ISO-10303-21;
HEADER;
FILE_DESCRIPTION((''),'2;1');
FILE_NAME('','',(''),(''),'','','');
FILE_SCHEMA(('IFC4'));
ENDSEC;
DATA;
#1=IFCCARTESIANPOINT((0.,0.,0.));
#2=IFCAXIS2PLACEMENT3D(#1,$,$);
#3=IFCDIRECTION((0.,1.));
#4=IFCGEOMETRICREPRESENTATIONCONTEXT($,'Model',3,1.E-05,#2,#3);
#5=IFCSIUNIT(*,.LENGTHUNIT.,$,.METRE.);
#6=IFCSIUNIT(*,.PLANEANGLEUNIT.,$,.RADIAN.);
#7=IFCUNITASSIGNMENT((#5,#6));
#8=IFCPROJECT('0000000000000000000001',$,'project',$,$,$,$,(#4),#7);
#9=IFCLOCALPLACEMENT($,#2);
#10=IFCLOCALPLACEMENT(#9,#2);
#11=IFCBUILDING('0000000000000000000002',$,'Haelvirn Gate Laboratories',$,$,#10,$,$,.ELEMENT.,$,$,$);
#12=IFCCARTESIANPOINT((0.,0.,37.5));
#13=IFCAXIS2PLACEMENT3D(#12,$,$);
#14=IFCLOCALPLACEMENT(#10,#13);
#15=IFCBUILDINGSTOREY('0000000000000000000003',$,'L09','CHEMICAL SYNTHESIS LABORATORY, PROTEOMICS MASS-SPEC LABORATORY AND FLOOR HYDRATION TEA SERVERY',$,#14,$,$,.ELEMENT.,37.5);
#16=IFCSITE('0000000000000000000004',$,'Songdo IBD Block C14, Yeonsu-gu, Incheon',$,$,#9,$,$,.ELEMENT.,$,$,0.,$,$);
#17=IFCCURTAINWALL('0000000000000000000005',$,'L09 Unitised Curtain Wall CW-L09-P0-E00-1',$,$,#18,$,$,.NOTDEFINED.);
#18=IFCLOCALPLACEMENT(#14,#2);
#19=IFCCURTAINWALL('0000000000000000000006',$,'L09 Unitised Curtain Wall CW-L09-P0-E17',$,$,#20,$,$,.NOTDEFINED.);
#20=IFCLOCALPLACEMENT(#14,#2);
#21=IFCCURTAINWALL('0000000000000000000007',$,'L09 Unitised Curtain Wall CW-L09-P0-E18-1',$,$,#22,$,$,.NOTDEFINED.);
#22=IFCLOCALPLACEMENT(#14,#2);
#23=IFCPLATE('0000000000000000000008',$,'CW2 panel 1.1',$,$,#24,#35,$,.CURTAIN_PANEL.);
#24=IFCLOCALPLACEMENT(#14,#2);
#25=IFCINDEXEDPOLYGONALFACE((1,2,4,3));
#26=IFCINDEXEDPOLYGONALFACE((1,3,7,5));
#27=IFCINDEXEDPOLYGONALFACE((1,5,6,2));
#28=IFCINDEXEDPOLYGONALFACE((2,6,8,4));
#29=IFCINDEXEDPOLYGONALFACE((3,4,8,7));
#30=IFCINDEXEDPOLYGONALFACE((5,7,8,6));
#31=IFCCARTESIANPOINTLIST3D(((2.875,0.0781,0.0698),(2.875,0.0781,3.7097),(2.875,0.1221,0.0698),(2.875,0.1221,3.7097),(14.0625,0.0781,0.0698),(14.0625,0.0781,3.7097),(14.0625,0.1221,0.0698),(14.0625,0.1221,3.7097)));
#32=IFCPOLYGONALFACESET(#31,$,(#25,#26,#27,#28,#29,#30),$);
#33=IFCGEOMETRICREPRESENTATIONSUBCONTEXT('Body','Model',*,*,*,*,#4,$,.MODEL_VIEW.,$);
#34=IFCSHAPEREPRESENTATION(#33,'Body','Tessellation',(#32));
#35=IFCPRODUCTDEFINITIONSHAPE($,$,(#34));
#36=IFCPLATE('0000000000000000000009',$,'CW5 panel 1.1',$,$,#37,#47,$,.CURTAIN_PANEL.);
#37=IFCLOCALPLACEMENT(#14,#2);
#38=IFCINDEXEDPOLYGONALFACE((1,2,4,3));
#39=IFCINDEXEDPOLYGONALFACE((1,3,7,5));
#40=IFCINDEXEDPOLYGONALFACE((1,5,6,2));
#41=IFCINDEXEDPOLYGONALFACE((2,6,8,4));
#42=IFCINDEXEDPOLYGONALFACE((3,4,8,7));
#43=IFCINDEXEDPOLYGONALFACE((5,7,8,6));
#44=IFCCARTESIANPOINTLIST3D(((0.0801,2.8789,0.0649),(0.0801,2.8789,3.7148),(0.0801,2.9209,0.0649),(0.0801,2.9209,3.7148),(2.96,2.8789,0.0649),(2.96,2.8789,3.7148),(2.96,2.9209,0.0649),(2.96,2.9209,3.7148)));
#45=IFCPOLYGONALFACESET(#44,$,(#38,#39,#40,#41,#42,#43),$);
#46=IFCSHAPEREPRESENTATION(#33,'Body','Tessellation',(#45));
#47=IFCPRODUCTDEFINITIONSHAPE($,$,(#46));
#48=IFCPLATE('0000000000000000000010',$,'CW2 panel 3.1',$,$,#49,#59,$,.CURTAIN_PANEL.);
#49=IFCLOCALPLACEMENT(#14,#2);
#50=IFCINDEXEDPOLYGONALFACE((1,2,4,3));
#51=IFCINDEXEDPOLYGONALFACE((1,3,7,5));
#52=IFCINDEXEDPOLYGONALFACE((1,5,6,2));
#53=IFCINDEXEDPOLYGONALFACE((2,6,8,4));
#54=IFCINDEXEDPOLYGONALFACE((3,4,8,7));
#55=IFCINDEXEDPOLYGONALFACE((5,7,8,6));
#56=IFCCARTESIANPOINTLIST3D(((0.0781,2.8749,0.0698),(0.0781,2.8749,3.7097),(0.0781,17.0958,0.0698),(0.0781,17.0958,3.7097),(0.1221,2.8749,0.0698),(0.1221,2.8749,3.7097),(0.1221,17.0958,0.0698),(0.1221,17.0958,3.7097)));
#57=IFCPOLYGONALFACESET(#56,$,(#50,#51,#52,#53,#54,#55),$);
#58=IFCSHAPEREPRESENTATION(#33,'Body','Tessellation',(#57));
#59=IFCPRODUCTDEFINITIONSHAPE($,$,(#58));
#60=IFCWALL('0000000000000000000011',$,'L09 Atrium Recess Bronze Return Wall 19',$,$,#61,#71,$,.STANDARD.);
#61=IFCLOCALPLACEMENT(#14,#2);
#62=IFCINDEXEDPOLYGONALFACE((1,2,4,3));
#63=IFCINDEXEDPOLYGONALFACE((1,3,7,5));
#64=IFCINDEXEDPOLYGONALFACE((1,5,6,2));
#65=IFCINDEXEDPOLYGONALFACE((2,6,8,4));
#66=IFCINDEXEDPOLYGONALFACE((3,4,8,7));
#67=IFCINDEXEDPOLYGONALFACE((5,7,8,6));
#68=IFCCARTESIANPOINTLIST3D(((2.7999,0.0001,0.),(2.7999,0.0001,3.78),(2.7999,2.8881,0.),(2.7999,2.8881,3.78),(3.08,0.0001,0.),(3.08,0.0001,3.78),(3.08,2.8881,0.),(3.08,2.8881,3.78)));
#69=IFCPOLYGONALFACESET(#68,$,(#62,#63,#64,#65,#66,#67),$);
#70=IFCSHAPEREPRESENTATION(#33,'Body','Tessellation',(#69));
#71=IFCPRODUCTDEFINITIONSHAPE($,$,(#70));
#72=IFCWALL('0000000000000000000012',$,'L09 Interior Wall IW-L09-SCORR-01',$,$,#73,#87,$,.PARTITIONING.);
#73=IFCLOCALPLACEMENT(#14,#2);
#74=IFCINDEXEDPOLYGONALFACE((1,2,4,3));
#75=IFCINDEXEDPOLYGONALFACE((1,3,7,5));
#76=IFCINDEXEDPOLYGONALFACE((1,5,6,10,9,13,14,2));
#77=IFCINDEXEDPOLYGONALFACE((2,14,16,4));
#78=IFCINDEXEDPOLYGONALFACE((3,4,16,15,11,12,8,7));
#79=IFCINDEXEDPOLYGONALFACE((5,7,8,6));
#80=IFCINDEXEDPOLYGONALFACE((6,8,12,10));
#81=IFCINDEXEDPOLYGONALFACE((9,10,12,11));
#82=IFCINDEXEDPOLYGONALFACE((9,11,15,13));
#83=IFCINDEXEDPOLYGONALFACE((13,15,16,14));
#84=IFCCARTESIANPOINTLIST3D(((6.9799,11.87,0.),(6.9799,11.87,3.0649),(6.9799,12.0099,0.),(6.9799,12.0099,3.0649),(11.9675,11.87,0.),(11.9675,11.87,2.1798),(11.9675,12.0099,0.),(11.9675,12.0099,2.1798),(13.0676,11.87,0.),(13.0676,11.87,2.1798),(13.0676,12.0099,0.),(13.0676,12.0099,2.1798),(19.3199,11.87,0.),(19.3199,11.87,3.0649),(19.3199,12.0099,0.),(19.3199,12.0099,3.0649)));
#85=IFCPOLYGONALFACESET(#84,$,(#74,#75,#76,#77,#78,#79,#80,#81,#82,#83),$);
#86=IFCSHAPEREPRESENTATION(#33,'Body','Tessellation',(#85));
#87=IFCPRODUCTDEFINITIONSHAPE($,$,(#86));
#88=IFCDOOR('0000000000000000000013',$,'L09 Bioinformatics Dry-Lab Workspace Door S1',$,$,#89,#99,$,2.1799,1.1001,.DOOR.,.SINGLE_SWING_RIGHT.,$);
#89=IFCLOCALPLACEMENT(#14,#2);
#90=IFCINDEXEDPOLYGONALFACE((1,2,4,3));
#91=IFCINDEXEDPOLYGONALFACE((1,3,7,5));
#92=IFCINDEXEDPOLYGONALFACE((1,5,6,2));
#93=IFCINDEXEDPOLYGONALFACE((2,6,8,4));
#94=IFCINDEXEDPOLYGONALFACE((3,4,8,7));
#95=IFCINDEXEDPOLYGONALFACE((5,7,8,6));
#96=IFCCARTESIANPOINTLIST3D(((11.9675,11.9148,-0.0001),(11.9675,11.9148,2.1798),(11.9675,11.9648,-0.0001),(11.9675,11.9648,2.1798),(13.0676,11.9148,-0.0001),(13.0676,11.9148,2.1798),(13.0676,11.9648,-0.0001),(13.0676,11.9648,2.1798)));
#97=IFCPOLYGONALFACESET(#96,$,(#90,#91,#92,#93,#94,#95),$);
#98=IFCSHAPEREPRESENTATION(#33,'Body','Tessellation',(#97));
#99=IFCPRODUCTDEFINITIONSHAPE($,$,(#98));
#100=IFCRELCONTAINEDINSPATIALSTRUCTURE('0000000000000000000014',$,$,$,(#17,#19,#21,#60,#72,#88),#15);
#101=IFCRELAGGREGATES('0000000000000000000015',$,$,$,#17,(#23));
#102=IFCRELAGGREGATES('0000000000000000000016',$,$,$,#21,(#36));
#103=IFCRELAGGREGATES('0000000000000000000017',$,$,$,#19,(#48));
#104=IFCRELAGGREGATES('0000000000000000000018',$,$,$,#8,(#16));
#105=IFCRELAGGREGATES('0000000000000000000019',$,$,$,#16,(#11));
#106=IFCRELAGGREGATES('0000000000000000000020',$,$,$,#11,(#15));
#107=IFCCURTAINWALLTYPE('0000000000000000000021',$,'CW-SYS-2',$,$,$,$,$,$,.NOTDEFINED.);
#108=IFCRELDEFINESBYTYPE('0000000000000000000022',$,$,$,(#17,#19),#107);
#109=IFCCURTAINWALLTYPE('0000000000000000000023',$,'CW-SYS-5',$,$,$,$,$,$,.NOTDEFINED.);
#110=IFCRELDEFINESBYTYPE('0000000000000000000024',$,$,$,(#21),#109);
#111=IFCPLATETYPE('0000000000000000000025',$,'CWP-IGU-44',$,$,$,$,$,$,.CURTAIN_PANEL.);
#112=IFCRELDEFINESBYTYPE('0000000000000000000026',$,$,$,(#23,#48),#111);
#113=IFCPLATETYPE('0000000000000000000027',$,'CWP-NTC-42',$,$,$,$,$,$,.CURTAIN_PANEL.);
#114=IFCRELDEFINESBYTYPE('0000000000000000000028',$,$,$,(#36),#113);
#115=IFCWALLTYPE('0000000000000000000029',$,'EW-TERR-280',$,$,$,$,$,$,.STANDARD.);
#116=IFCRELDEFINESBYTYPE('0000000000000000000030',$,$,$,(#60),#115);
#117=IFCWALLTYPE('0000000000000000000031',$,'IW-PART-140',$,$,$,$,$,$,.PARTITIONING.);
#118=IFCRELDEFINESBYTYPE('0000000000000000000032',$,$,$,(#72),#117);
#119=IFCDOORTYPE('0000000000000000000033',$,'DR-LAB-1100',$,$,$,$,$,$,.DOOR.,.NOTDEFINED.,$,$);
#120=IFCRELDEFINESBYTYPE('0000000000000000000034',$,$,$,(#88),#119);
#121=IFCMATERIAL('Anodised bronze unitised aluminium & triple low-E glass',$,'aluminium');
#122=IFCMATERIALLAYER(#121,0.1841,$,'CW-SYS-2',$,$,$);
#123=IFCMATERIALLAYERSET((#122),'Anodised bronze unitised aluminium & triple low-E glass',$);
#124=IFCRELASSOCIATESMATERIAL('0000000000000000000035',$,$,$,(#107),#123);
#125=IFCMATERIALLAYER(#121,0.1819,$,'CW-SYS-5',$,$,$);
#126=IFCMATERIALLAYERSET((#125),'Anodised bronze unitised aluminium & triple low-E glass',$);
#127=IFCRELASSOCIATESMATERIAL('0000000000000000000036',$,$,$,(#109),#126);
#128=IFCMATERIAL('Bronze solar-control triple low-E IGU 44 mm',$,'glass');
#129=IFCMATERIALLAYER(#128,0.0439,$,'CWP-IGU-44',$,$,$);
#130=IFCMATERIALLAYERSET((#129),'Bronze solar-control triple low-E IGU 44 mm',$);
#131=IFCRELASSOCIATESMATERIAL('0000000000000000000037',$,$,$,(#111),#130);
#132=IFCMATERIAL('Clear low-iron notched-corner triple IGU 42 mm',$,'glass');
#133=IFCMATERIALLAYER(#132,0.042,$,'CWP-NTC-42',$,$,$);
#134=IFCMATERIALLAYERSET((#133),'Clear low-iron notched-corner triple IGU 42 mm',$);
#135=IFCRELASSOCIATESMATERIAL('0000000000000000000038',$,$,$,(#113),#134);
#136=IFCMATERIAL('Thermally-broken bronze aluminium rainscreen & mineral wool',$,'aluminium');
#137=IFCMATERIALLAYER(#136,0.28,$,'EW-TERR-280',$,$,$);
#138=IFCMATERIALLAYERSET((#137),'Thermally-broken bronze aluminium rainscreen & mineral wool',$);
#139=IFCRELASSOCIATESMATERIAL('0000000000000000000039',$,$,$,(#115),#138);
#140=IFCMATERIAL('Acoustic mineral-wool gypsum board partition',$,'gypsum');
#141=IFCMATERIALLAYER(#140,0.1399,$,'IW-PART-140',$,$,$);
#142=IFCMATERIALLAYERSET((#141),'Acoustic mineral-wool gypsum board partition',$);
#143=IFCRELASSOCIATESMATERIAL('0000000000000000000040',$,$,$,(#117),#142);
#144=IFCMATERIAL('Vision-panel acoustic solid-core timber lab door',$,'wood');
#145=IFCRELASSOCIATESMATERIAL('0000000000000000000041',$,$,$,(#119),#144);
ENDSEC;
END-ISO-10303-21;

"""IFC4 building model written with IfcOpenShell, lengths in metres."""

from ifc_helpers import new_model, si_unit, direction, frame, frame_2d, origin, origin_2d, place, context, subcontext, project, spatial, rectangle, extrude, source, transform, mapped, material, layer, layer_set, type_object, type_shapes, element, fill, aggregate, save


model = new_model("IFC4")

# Units and contexts
model_context = context("Model", 3, precision=1e-05, world=origin(), true_north=direction((0.0, 1.0)))
body_context = subcontext(model_context, "Body", "Model", "MODEL_VIEW")
ifc_project = project(units=[si_unit("LENGTHUNIT", "METRE"), si_unit("PLANEANGLEUNIT", "RADIAN")], contexts=[model_context])

# Site, building, storey
site_placement = place(None, origin())
site = spatial("IfcSite", under=ifc_project, at=site_placement, Name="Songdo IBD Block C14, Yeonsu-gu, Incheon", CompositionType="ELEMENT", RefElevation=0.0)
building_placement = place(site_placement, origin())
building = spatial("IfcBuilding", under=site, at=building_placement, Name="Haelvirn Gate Laboratories", CompositionType="ELEMENT")
storey_placement = place(building_placement, frame((0.0, 0.0, 37.5)))
storey = spatial("IfcBuildingStorey", under=building, at=storey_placement, Name="L09", Description="CHEMICAL SYNTHESIS LABORATORY, PROTEOMICS MASS-SPEC LABORATORY AND FLOOR HYDRATION TEA SERVERY", CompositionType="ELEMENT", Elevation=37.5)

# Curtain walls
ifc_material_1 = material(Name="Anodised bronze unitised aluminium & triple low-E glass", Category="aluminium")
ifc_layer_1 = layer(ifc_material_1, 0.1841, Name="CW-SYS-2")
ifc_layer_set_1 = layer_set([ifc_layer_1], Name="Anodised bronze unitised aluminium & triple low-E glass")
curtain_wall_type_1 = type_object("IfcCurtainWallType", Name="CW-SYS-2", PredefinedType="NOTDEFINED", material=ifc_layer_set_1)
curtain_wall_1_placement = place(storey_placement, origin())
curtain_wall_1 = element("IfcCurtainWall", 1, at=curtain_wall_1_placement, inside=storey, type_object=curtain_wall_type_1, Name="L09 Unitised Curtain Wall CW-L09-P0-E00-1", PredefinedType="NOTDEFINED")
curtain_wall_2_placement = place(storey_placement, origin())
curtain_wall_2 = element("IfcCurtainWall", 2, at=curtain_wall_2_placement, inside=storey, type_object=curtain_wall_type_1, Name="L09 Unitised Curtain Wall CW-L09-P0-E17", PredefinedType="NOTDEFINED")

# Curtain wall
ifc_layer_2 = layer(ifc_material_1, 0.1819, Name="CW-SYS-5")
ifc_layer_set_2 = layer_set([ifc_layer_2], Name="Anodised bronze unitised aluminium & triple low-E glass")
curtain_wall_type_2 = type_object("IfcCurtainWallType", Name="CW-SYS-5", PredefinedType="NOTDEFINED", material=ifc_layer_set_2)
curtain_wall_3_placement = place(storey_placement, origin())
curtain_wall_3 = element("IfcCurtainWall", 3, at=curtain_wall_3_placement, inside=storey, type_object=curtain_wall_type_2, Name="L09 Unitised Curtain Wall CW-L09-P0-E18-1", PredefinedType="NOTDEFINED")

# Plates
ifc_material_2 = material(Name="Bronze solar-control triple low-E IGU 44 mm", Category="glass")
ifc_layer_3 = layer(ifc_material_2, 0.0439, Name="CWP-IGU-44")
ifc_layer_set_3 = layer_set([ifc_layer_3], Name="Bronze solar-control triple low-E IGU 44 mm")
plate_type_1 = type_object("IfcPlateType", Name="CWP-IGU-44", PredefinedType="CURTAIN_PANEL", material=ifc_layer_set_3)
shared_shape_1 = source(origin(), body_context, "Body", "SweptSolid", [
    extrude(rectangle(XDim=11.1875, YDim=0.0439, at=origin_2d()), origin(), (0.0, 0.0, 1.0), 3.6399),
])
plate_1_placement = place(storey_placement, frame((8.4688, 0.1001, 0.0698), z_axis=(0.0, 0.0, 1.0), x_axis=(1.0, 0.0, 0.0)))
plate_1 = element("IfcPlate", 4, at=plate_1_placement, type_object=plate_type_1, Name="CW2 panel 1.1", PredefinedType="CURTAIN_PANEL", context=body_context, shape_type="MappedRepresentation", body=[
    mapped(shared_shape_1, transform((0.0, 0.0, 0.0), scale=1.0)),
])
aggregate(curtain_wall_1, [plate_1])
ifc_material_3 = material(Name="Clear low-iron notched-corner triple IGU 42 mm", Category="glass")
ifc_layer_4 = layer(ifc_material_3, 0.042, Name="CWP-NTC-42")
ifc_layer_set_4 = layer_set([ifc_layer_4], Name="Clear low-iron notched-corner triple IGU 42 mm")
plate_type_2 = type_object("IfcPlateType", Name="CWP-NTC-42", PredefinedType="CURTAIN_PANEL", material=ifc_layer_set_4)
shared_shape_2 = source(origin(), body_context, "Body", "SweptSolid", [
    extrude(rectangle(XDim=2.8799, YDim=0.042, at=origin_2d()), origin(), (0.0, 0.0, 1.0), 3.6499),
])
type_shapes(plate_type_2, [shared_shape_2])
plate_2_placement = place(storey_placement, frame((1.52, 2.8999, 0.0649), z_axis=(0.0, 0.0, 1.0), x_axis=(1.0, 0.0, 0.0)))
plate_2 = element("IfcPlate", 5, at=plate_2_placement, type_object=plate_type_2, Name="CW5 panel 1.1", PredefinedType="CURTAIN_PANEL", context=body_context, shape_type="MappedRepresentation", body=[
    mapped(shared_shape_2, transform((0.0, 0.0, 0.0), scale=1.0)),
])
aggregate(curtain_wall_3, [plate_2])
shared_shape_3 = source(origin(), body_context, "Body", "SweptSolid", [
    extrude(rectangle(XDim=14.2209, YDim=0.0439, at=origin_2d()), origin(), (0.0, 0.0, 1.0), 3.6399),
])
type_shapes(plate_type_1, [shared_shape_1, shared_shape_3])
plate_3_placement = place(storey_placement, frame((0.1001, 9.9854, 0.0698), z_axis=(0.0, 0.0, 1.0), x_axis=(0.0, -1.0, 0.0)))
plate_3 = element("IfcPlate", 6, at=plate_3_placement, type_object=plate_type_1, Name="CW2 panel 3.1", PredefinedType="CURTAIN_PANEL", context=body_context, shape_type="MappedRepresentation", body=[
    mapped(shared_shape_3, transform((0.0, 0.0, 0.0), scale=1.0)),
])
aggregate(curtain_wall_2, [plate_3])

# Wall
ifc_material_4 = material(Name="Thermally-broken bronze aluminium rainscreen & mineral wool", Category="aluminium")
ifc_layer_5 = layer(ifc_material_4, 0.28, Name="EW-TERR-280")
ifc_layer_set_5 = layer_set([ifc_layer_5], Name="Thermally-broken bronze aluminium rainscreen & mineral wool")
wall_type_1 = type_object("IfcWallType", Name="EW-TERR-280", PredefinedType="STANDARD", material=ifc_layer_set_5)
wall_1_placement = place(storey_placement, frame((2.9399, 2.8879, 0.0), z_axis=(0.0, 0.0, 1.0), x_axis=(0.0, -1.0, 0.0)))
element("IfcWall", 7, at=wall_1_placement, inside=storey, type_object=wall_type_1, Name="L09 Atrium Recess Bronze Return Wall 19", PredefinedType="STANDARD", context=body_context, shape_type="SweptSolid", body=[
    extrude(rectangle(XDim=2.8879, YDim=0.28, at=frame_2d((1.4438, 0.0))), origin(), (0.0, 0.0, 1.0), 3.78),
])

# Wall, opening, door
ifc_material_5 = material(Name="Acoustic mineral-wool gypsum board partition", Category="gypsum")
ifc_layer_6 = layer(ifc_material_5, 0.1399, Name="IW-PART-140")
ifc_layer_set_6 = layer_set([ifc_layer_6], Name="Acoustic mineral-wool gypsum board partition")
wall_type_2 = type_object("IfcWallType", Name="IW-PART-140", PredefinedType="PARTITIONING", material=ifc_layer_set_6)
wall_2_placement = place(storey_placement, frame((6.98, 11.9399, 0.0), z_axis=(0.0, 0.0, 1.0), x_axis=(1.0, 0.0, 0.0)))
wall_2 = element("IfcWall", 8, at=wall_2_placement, inside=storey, type_object=wall_type_2, Name="L09 Interior Wall IW-L09-SCORR-01", PredefinedType="PARTITIONING", context=body_context, shape_type="SweptSolid", body=[
    extrude(rectangle(XDim=12.3401, YDim=0.1399, at=frame_2d((6.1699, 0.0))), origin(), (0.0, 0.0, 1.0), 3.0649),
])
opening_placement = place(wall_2_placement, frame((4.9875, 0.0, 0.0)))
opening = element("IfcOpeningElement", 9, at=opening_placement, cuts=wall_2, PredefinedType="OPENING", context=body_context, shape_type="SweptSolid", body=[
    extrude(rectangle(XDim=1.1001, YDim=2.1799, at=frame_2d((0.55, 1.0898))), frame((0.0, 0.0801, 0.0), z_axis=(0.0, -1.0, 0.0), x_axis=(1.0, 0.0, 0.0)), (0.0, 0.0, 1.0), 0.1599),
])
ifc_material_6 = material(Name="Vision-panel acoustic solid-core timber lab door", Category="wood")
door_type = type_object("IfcDoorType", Name="DR-LAB-1100", OperationType="NOTDEFINED", PredefinedType="DOOR", material=ifc_material_6)
shared_shape_4 = source(origin(), body_context, "Body", "SweptSolid", [
    extrude(rectangle(XDim=1.1001, YDim=2.1799, at=frame_2d((0.55, 1.0898))), frame((0.0, 0.0249, 0.0), z_axis=(0.0, -1.0, 0.0), x_axis=(1.0, 0.0, 0.0)), (0.0, 0.0, 1.0), 0.05),
])
type_shapes(door_type, [shared_shape_4])
door_placement = place(opening_placement, origin())
door = element("IfcDoor", 10, at=door_placement, inside=storey, type_object=door_type, Name="L09 Bioinformatics Dry-Lab Workspace Door S1", OperationType="SINGLE_SWING_RIGHT", OverallHeight=2.1799, OverallWidth=1.1001, PredefinedType="DOOR", context=body_context, shape_type="MappedRepresentation", body=[
    mapped(shared_shape_4, transform((0.0, 0.0, 0.0), scale=1.0)),
])
fill(opening, door)

save(model, "model.ifc")
